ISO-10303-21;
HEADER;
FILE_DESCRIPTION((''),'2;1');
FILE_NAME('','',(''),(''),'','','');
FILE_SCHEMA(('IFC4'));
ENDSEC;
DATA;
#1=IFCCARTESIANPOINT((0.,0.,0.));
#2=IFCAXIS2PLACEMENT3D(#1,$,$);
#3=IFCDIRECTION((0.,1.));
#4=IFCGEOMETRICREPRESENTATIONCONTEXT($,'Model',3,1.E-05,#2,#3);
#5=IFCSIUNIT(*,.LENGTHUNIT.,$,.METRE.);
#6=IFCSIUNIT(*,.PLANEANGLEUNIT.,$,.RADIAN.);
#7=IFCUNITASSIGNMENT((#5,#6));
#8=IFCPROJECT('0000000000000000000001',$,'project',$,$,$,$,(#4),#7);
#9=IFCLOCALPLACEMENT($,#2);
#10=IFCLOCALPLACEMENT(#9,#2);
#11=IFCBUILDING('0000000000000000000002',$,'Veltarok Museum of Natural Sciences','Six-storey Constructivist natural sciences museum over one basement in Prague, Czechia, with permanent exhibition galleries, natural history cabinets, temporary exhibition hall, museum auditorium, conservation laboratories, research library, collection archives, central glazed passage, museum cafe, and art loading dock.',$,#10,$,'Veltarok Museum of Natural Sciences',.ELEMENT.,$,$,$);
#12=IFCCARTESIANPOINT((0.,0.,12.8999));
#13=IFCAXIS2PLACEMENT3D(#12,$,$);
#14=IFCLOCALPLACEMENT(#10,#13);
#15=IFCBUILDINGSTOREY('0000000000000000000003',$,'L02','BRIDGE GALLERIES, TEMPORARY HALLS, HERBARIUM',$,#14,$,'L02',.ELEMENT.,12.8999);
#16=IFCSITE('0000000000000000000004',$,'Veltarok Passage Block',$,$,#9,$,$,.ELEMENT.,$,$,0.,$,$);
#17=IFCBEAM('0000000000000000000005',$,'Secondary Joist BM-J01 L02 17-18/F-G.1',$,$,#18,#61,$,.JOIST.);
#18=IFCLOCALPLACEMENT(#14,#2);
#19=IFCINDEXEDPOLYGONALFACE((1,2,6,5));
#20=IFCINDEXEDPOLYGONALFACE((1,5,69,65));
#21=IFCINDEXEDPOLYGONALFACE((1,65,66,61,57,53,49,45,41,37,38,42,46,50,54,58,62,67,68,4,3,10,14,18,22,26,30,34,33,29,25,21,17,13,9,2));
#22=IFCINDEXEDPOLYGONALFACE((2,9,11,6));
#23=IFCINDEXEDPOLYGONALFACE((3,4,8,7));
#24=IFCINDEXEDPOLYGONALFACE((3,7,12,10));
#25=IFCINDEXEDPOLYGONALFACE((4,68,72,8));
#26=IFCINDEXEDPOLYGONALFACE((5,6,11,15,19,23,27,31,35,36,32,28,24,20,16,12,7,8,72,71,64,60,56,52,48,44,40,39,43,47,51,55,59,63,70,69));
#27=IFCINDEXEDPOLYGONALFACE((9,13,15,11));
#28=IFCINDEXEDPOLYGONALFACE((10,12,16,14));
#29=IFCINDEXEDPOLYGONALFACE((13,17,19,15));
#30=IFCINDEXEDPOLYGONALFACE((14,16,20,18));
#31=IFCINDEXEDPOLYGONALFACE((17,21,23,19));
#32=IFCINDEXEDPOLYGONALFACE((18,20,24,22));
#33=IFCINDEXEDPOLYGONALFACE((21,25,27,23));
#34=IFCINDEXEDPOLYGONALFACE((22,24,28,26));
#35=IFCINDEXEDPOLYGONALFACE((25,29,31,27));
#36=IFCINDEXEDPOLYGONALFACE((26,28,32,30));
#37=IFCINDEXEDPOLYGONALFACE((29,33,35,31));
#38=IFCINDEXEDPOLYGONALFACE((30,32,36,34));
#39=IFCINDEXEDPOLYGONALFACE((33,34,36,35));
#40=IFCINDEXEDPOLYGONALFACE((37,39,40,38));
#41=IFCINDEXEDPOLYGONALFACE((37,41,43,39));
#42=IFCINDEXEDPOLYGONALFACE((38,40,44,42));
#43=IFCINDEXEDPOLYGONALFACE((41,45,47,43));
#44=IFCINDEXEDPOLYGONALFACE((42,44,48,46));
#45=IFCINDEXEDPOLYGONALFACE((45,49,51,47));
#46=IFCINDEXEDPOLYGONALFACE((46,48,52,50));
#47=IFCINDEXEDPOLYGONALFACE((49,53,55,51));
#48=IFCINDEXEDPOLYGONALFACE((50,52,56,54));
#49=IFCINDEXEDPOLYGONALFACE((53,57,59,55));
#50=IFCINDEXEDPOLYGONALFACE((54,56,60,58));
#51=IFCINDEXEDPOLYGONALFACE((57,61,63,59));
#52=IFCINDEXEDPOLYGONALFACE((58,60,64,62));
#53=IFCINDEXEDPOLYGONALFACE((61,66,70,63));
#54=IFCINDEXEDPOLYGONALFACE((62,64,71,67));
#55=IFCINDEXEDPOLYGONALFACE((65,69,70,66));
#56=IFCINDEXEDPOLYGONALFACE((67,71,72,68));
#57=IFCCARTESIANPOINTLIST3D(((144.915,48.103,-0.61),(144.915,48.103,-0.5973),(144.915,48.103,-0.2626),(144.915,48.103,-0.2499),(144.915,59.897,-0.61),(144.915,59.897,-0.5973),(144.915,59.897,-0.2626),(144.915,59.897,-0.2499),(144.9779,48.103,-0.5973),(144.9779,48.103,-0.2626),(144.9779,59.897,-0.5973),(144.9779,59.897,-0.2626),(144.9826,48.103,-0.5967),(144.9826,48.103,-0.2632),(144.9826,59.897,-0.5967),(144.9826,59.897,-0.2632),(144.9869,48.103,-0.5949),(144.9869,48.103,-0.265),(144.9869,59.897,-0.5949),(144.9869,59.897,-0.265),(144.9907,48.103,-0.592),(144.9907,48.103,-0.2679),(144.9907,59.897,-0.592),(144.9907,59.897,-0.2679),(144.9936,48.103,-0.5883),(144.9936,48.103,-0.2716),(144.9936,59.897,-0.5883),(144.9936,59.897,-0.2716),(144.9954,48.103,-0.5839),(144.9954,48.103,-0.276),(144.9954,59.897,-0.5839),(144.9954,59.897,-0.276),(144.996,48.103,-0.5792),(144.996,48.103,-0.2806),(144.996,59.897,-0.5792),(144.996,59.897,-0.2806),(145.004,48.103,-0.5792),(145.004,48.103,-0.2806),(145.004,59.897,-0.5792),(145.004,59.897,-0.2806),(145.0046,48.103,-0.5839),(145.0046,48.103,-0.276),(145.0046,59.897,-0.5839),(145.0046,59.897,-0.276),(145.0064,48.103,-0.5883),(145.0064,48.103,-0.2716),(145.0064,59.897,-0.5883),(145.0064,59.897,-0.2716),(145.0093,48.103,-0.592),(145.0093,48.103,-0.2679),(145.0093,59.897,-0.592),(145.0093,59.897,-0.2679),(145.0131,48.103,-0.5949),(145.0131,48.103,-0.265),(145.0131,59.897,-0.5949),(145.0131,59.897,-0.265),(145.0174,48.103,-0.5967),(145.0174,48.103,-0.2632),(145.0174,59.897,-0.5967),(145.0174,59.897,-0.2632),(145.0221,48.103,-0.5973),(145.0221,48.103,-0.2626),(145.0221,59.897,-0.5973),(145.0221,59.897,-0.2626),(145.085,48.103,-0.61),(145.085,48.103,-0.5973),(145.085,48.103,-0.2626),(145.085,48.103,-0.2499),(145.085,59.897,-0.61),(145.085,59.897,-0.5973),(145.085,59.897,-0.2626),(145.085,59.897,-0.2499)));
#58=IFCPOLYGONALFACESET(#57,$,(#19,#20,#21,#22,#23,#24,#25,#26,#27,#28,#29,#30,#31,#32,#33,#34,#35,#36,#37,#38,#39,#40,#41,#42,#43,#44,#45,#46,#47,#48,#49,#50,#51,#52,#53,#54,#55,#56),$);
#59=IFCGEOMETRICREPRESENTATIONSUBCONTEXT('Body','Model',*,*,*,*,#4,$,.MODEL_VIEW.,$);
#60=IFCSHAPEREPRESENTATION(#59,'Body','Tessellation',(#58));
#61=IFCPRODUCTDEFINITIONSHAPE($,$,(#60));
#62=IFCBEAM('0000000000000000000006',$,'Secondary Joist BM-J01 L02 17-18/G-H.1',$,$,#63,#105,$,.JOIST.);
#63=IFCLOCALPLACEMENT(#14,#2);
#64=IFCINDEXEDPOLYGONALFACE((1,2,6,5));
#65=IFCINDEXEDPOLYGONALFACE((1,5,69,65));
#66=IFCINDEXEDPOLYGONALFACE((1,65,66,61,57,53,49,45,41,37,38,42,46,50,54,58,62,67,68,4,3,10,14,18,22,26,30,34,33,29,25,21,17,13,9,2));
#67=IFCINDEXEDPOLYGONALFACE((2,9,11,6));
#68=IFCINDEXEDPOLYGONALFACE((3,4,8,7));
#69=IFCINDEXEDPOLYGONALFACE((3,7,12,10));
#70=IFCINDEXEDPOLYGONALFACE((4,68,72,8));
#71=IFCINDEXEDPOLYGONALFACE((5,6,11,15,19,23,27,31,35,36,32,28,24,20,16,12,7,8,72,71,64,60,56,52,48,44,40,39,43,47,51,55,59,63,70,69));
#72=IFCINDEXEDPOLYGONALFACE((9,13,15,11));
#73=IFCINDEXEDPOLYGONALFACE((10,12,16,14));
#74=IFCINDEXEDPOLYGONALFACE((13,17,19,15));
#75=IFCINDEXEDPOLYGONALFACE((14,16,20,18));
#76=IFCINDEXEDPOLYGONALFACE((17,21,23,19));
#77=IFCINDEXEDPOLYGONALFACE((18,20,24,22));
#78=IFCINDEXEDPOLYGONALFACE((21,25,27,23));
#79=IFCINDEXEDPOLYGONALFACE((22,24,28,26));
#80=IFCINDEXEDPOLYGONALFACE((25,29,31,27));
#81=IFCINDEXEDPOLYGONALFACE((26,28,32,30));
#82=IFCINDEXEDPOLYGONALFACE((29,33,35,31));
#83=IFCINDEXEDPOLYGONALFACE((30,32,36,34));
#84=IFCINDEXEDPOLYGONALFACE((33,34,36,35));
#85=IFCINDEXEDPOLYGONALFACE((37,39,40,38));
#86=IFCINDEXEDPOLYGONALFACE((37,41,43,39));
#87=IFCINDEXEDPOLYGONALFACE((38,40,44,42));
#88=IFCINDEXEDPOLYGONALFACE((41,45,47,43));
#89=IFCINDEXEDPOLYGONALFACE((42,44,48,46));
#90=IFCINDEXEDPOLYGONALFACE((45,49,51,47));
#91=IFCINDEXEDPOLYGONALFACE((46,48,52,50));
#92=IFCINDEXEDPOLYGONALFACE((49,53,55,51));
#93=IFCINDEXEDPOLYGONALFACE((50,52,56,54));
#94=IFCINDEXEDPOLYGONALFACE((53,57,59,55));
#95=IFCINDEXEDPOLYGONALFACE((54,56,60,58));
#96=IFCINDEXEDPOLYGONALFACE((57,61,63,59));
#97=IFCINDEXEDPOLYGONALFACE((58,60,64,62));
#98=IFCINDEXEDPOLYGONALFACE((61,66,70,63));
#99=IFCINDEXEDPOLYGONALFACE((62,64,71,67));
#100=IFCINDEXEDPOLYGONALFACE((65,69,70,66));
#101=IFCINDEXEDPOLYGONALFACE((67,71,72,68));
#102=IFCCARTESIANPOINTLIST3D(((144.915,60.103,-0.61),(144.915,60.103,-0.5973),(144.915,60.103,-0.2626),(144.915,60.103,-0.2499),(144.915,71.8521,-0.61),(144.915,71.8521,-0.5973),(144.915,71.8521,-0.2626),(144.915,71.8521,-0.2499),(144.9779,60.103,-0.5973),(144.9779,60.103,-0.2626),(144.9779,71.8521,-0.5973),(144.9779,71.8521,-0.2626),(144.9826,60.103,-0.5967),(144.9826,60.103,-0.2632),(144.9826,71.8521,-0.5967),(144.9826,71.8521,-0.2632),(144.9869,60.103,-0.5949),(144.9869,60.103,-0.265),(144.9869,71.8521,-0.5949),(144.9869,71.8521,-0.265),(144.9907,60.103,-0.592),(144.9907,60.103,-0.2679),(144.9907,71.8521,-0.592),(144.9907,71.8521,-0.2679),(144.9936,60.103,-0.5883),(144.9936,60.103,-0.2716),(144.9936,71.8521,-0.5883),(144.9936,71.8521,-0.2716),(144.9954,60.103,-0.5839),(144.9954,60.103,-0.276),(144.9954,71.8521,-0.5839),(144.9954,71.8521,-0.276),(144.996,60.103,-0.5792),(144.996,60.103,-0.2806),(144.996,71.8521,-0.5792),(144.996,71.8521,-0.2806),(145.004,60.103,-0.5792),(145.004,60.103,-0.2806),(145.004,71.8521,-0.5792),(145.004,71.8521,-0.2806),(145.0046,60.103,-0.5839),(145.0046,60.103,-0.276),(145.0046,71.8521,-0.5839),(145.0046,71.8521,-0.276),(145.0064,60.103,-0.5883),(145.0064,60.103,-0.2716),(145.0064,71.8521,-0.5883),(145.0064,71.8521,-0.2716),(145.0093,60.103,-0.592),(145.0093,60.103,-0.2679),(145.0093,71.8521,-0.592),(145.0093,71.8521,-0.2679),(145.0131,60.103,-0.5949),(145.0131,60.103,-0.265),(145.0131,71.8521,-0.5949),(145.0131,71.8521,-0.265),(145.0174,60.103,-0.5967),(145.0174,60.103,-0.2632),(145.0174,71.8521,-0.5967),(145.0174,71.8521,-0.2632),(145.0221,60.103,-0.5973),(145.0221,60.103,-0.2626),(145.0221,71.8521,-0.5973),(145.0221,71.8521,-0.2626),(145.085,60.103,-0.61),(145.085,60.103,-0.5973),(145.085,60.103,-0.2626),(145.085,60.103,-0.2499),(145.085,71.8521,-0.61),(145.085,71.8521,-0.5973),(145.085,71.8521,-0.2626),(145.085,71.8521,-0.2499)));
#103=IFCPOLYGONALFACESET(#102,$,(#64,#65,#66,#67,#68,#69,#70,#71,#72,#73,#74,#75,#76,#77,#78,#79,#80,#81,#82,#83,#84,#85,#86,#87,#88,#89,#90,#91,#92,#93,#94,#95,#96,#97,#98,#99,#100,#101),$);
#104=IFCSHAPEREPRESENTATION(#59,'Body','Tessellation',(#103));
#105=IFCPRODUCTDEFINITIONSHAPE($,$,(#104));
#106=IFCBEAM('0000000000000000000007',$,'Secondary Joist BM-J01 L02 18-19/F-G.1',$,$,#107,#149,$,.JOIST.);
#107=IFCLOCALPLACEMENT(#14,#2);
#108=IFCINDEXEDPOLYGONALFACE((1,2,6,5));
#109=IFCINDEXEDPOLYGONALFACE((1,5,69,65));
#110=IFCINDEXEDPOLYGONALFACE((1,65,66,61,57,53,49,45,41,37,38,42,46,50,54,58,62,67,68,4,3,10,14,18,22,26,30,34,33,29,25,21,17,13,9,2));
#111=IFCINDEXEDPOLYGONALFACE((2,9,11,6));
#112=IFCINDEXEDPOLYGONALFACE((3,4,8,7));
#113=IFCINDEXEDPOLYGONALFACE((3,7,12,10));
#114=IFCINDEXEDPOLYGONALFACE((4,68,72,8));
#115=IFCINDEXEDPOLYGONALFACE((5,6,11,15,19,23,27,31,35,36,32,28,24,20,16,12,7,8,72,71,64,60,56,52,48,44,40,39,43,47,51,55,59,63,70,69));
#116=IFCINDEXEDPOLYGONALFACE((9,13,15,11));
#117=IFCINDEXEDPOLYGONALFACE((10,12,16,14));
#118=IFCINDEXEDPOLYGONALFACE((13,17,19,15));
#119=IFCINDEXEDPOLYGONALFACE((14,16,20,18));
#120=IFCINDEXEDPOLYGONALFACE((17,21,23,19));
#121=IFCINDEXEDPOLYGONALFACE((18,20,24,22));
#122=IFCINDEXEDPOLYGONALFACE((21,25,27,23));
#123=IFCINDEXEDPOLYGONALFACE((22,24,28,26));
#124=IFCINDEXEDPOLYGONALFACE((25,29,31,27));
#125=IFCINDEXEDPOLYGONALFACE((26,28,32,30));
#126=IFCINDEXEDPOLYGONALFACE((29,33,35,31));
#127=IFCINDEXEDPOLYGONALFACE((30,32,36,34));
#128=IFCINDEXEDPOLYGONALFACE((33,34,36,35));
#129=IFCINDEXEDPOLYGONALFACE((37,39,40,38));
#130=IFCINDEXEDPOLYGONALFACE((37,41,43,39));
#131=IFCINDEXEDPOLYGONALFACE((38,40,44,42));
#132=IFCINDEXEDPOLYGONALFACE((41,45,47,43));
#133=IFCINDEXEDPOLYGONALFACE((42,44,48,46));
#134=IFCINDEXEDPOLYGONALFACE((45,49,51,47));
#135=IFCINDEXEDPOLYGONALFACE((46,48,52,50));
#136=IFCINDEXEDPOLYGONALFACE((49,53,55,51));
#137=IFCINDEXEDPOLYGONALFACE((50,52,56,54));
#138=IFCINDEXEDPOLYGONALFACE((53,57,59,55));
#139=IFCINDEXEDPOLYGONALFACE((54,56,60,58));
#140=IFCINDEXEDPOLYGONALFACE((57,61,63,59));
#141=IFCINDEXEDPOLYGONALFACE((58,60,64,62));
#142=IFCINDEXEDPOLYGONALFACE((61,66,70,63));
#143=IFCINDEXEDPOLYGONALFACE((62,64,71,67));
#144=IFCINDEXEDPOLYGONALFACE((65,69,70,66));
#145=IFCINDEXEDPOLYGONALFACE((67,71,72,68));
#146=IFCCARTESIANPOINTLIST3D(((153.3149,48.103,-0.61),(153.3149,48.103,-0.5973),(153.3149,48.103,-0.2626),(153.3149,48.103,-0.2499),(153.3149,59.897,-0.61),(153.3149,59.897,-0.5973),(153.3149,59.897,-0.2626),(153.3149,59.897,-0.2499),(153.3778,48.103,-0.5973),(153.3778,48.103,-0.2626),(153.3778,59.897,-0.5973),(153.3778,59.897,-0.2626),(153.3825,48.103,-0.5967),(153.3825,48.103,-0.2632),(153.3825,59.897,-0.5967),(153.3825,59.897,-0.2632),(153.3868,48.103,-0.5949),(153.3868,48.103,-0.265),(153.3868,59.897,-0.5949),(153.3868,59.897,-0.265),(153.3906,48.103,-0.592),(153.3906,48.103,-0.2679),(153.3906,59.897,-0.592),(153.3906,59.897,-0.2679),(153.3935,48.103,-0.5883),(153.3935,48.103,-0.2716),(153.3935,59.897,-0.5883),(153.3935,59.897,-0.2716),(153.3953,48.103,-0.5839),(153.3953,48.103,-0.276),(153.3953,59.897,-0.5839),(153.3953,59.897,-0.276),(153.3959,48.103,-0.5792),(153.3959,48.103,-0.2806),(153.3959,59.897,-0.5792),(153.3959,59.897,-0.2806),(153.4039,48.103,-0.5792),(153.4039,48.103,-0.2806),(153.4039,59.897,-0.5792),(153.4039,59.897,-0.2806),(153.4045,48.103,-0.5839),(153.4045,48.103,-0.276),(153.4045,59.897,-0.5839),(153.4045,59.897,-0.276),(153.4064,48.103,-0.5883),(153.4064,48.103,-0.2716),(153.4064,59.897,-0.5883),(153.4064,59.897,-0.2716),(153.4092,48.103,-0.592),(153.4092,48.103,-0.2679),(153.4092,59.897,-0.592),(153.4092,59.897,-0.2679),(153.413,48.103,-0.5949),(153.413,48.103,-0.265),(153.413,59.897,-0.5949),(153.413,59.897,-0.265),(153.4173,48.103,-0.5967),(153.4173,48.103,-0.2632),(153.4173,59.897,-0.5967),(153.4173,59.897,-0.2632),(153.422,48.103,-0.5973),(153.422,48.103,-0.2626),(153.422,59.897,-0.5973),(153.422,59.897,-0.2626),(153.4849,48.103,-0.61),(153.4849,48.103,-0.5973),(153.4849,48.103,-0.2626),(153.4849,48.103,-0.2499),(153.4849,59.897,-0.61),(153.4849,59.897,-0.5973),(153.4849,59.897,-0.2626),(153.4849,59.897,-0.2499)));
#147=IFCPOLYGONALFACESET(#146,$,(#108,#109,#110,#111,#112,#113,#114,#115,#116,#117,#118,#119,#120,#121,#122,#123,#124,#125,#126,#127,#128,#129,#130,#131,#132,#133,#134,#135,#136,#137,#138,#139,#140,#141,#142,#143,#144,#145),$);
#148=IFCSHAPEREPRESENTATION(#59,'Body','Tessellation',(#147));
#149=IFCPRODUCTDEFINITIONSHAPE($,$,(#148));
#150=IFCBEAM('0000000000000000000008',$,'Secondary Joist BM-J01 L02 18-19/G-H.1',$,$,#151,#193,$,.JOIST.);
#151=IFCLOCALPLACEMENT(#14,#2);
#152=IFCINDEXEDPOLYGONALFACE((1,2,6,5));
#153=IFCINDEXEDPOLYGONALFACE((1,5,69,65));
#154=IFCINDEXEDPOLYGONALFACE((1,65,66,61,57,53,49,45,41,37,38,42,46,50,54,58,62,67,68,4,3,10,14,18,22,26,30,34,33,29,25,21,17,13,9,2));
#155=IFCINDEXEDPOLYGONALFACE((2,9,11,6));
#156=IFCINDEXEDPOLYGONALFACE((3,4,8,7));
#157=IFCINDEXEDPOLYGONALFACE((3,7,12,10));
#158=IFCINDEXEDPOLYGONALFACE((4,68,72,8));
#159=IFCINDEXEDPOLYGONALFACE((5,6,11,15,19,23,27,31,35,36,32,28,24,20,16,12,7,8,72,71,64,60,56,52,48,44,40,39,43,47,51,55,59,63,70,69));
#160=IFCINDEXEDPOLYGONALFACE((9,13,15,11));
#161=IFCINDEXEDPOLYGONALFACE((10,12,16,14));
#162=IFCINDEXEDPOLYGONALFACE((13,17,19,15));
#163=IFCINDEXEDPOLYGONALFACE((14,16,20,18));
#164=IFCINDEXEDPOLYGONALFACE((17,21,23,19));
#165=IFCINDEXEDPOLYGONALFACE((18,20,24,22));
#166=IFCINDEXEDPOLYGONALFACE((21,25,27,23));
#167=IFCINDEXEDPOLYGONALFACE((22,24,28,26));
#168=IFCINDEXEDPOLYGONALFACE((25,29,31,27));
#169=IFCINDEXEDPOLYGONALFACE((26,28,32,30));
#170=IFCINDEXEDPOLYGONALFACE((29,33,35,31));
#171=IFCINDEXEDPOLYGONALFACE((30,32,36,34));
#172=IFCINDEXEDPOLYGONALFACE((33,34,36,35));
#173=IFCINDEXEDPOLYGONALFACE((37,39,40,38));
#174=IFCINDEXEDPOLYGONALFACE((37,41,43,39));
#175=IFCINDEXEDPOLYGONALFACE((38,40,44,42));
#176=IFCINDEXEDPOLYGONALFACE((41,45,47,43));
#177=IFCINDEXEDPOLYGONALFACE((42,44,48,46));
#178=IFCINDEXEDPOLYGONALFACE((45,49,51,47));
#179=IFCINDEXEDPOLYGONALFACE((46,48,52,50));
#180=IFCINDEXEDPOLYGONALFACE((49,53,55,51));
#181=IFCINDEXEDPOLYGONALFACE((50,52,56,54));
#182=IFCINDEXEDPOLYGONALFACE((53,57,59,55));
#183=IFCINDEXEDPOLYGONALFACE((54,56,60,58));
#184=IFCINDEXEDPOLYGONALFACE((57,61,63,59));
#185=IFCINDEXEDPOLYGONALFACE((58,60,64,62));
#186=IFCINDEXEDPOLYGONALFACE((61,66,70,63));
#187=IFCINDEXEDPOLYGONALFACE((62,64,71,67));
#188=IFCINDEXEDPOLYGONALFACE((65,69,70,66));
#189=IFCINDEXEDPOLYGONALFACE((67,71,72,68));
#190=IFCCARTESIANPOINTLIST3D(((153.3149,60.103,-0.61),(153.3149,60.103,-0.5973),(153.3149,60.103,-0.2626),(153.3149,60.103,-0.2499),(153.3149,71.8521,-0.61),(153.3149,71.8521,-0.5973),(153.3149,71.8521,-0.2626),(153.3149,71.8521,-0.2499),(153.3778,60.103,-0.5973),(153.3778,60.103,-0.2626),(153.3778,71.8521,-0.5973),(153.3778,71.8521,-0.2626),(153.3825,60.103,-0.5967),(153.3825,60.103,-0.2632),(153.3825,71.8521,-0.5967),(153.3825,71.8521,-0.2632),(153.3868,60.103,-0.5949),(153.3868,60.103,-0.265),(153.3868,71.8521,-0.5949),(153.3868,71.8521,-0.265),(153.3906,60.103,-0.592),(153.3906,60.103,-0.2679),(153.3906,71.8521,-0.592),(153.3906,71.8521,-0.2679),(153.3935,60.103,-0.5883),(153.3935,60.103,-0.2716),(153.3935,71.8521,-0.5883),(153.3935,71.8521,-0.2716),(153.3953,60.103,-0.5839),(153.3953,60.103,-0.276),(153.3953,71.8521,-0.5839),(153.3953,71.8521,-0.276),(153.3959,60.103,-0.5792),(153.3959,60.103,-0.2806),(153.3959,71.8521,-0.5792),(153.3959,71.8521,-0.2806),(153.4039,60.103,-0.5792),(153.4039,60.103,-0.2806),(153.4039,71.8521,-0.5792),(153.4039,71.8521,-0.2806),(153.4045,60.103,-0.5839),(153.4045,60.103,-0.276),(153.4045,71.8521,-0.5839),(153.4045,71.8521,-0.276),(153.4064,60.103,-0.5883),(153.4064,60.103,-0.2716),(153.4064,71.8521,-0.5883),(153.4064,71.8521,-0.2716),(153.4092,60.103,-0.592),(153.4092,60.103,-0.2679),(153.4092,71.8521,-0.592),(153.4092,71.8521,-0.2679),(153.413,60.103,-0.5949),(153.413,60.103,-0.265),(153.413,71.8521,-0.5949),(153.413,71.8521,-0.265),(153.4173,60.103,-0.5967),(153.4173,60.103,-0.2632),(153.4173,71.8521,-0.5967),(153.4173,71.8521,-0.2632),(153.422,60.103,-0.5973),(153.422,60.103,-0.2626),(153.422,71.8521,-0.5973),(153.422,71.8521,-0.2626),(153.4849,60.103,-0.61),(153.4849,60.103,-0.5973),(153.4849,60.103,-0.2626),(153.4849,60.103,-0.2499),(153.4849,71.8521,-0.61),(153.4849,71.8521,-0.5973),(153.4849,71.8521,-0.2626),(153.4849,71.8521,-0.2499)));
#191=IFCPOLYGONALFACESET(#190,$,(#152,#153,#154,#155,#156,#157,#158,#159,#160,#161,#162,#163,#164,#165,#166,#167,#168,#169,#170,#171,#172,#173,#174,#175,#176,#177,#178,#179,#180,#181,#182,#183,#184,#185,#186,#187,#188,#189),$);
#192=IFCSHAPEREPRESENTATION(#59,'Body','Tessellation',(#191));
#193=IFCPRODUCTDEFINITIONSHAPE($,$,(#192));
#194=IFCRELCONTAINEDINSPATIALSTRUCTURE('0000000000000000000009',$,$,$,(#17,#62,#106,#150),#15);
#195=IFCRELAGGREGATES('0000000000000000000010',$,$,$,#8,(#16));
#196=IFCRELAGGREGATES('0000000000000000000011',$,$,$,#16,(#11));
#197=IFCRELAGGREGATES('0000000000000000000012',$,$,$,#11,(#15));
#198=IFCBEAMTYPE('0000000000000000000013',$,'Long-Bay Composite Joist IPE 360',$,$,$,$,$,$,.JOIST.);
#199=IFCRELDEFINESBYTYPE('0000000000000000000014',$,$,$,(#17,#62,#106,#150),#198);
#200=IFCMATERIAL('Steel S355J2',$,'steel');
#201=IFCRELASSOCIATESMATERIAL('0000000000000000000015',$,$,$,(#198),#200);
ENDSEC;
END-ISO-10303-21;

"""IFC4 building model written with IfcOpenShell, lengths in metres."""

from ifc_helpers import new_model, si_unit, direction, frame, origin, origin_2d, place, context, subcontext, project, spatial, i_section, extrude, material, material_profile, profile_set, type_object, element, save


model = new_model("IFC4")

# Units and contexts
model_context = context("Model", 3, precision=1e-05, world=origin(), true_north=direction((0.0, 1.0)))
body_context = subcontext(model_context, "Body", "Model", "MODEL_VIEW")
ifc_project = project(units=[si_unit("LENGTHUNIT", "METRE"), si_unit("PLANEANGLEUNIT", "RADIAN")], contexts=[model_context])

# Site, building, storey
site_placement = place(None, origin())
site = spatial("IfcSite", under=ifc_project, at=site_placement, Name="Veltarok Passage Block", CompositionType="ELEMENT", RefElevation=0.0)
building_placement = place(site_placement, origin())
building = spatial("IfcBuilding", under=site, at=building_placement, Name="Veltarok Museum of Natural Sciences", Description="Six-storey Constructivist natural sciences museum over one basement in Prague, Czechia, with permanent exhibition galleries, natural history cabinets, temporary exhibition hall, museum auditorium, conservation laboratories, research library, collection archives, central glazed passage, museum cafe, and art loading dock.", LongName="Veltarok Museum of Natural Sciences", CompositionType="ELEMENT")
storey_placement = place(building_placement, frame((0.0, 0.0, 12.8999)))
storey = spatial("IfcBuildingStorey", under=building, at=storey_placement, Name="L02", Description="BRIDGE GALLERIES, TEMPORARY HALLS, HERBARIUM", LongName="L02", CompositionType="ELEMENT", Elevation=12.8999)

# Shared definitions
ifc_material_1 = material(Name="Steel S355J2", Category="steel")

# Beams
ifc_material_profile_1 = material_profile(ifc_material_1, i_section(OverallWidth=0.1699, OverallDepth=0.3601, WebThickness=0.0081, FlangeThickness=0.0127, FilletRadius=0.0181, at=origin_2d()), Name="IPE 360")
ifc_profile_set_1 = profile_set([ifc_material_profile_1], Name="Steel S355J2")
beam_type_1 = type_object("IfcBeamType", Name="Long-Bay Composite Joist IPE 360", PredefinedType="JOIST", material=ifc_profile_set_1)
beam_1_placement = place(storey_placement, frame((145.0, 48.103, -0.4299), z_axis=(0.0, 1.0, 0.0), x_axis=(-1.0, 0.0, 0.0)))
element("IfcBeam", 1, at=beam_1_placement, inside=storey, type_object=beam_type_1, Name="Secondary Joist BM-J01 L02 17-18/F-G.1", PredefinedType="JOIST", context=body_context, shape_type="SweptSolid", body=[
    extrude(i_section(OverallWidth=0.1699, OverallDepth=0.3601, WebThickness=0.0081, FlangeThickness=0.0127, FilletRadius=0.0181, at=origin_2d()), origin(), (0.0, 0.0, 1.0), 11.7939),
])
beam_2_placement = place(storey_placement, frame((145.0, 60.103, -0.4299), z_axis=(0.0, 1.0, 0.0), x_axis=(-1.0, 0.0, 0.0)))
element("IfcBeam", 2, at=beam_2_placement, inside=storey, type_object=beam_type_1, Name="Secondary Joist BM-J01 L02 17-18/G-H.1", PredefinedType="JOIST", context=body_context, shape_type="SweptSolid", body=[
    extrude(i_section(OverallWidth=0.1699, OverallDepth=0.3601, WebThickness=0.0081, FlangeThickness=0.0127, FilletRadius=0.0181, at=origin_2d()), origin(), (0.0, 0.0, 1.0), 11.749),
])
beam_3_placement = place(storey_placement, frame((153.3999, 48.103, -0.4299), z_axis=(0.0, 1.0, 0.0), x_axis=(-1.0, 0.0, 0.0)))
element("IfcBeam", 3, at=beam_3_placement, inside=storey, type_object=beam_type_1, Name="Secondary Joist BM-J01 L02 18-19/F-G.1", PredefinedType="JOIST", context=body_context, shape_type="SweptSolid", body=[
    extrude(i_section(OverallWidth=0.1699, OverallDepth=0.3601, WebThickness=0.0081, FlangeThickness=0.0127, FilletRadius=0.0181, at=origin_2d()), origin(), (0.0, 0.0, 1.0), 11.7939),
])
beam_4_placement = place(storey_placement, frame((153.3999, 60.103, -0.4299), z_axis=(0.0, 1.0, 0.0), x_axis=(-1.0, 0.0, 0.0)))
element("IfcBeam", 4, at=beam_4_placement, inside=storey, type_object=beam_type_1, Name="Secondary Joist BM-J01 L02 18-19/G-H.1", PredefinedType="JOIST", context=body_context, shape_type="SweptSolid", body=[
    extrude(i_section(OverallWidth=0.1699, OverallDepth=0.3601, WebThickness=0.0081, FlangeThickness=0.0127, FilletRadius=0.0181, at=origin_2d()), origin(), (0.0, 0.0, 1.0), 11.749),
])

save(model, "model.ifc")
